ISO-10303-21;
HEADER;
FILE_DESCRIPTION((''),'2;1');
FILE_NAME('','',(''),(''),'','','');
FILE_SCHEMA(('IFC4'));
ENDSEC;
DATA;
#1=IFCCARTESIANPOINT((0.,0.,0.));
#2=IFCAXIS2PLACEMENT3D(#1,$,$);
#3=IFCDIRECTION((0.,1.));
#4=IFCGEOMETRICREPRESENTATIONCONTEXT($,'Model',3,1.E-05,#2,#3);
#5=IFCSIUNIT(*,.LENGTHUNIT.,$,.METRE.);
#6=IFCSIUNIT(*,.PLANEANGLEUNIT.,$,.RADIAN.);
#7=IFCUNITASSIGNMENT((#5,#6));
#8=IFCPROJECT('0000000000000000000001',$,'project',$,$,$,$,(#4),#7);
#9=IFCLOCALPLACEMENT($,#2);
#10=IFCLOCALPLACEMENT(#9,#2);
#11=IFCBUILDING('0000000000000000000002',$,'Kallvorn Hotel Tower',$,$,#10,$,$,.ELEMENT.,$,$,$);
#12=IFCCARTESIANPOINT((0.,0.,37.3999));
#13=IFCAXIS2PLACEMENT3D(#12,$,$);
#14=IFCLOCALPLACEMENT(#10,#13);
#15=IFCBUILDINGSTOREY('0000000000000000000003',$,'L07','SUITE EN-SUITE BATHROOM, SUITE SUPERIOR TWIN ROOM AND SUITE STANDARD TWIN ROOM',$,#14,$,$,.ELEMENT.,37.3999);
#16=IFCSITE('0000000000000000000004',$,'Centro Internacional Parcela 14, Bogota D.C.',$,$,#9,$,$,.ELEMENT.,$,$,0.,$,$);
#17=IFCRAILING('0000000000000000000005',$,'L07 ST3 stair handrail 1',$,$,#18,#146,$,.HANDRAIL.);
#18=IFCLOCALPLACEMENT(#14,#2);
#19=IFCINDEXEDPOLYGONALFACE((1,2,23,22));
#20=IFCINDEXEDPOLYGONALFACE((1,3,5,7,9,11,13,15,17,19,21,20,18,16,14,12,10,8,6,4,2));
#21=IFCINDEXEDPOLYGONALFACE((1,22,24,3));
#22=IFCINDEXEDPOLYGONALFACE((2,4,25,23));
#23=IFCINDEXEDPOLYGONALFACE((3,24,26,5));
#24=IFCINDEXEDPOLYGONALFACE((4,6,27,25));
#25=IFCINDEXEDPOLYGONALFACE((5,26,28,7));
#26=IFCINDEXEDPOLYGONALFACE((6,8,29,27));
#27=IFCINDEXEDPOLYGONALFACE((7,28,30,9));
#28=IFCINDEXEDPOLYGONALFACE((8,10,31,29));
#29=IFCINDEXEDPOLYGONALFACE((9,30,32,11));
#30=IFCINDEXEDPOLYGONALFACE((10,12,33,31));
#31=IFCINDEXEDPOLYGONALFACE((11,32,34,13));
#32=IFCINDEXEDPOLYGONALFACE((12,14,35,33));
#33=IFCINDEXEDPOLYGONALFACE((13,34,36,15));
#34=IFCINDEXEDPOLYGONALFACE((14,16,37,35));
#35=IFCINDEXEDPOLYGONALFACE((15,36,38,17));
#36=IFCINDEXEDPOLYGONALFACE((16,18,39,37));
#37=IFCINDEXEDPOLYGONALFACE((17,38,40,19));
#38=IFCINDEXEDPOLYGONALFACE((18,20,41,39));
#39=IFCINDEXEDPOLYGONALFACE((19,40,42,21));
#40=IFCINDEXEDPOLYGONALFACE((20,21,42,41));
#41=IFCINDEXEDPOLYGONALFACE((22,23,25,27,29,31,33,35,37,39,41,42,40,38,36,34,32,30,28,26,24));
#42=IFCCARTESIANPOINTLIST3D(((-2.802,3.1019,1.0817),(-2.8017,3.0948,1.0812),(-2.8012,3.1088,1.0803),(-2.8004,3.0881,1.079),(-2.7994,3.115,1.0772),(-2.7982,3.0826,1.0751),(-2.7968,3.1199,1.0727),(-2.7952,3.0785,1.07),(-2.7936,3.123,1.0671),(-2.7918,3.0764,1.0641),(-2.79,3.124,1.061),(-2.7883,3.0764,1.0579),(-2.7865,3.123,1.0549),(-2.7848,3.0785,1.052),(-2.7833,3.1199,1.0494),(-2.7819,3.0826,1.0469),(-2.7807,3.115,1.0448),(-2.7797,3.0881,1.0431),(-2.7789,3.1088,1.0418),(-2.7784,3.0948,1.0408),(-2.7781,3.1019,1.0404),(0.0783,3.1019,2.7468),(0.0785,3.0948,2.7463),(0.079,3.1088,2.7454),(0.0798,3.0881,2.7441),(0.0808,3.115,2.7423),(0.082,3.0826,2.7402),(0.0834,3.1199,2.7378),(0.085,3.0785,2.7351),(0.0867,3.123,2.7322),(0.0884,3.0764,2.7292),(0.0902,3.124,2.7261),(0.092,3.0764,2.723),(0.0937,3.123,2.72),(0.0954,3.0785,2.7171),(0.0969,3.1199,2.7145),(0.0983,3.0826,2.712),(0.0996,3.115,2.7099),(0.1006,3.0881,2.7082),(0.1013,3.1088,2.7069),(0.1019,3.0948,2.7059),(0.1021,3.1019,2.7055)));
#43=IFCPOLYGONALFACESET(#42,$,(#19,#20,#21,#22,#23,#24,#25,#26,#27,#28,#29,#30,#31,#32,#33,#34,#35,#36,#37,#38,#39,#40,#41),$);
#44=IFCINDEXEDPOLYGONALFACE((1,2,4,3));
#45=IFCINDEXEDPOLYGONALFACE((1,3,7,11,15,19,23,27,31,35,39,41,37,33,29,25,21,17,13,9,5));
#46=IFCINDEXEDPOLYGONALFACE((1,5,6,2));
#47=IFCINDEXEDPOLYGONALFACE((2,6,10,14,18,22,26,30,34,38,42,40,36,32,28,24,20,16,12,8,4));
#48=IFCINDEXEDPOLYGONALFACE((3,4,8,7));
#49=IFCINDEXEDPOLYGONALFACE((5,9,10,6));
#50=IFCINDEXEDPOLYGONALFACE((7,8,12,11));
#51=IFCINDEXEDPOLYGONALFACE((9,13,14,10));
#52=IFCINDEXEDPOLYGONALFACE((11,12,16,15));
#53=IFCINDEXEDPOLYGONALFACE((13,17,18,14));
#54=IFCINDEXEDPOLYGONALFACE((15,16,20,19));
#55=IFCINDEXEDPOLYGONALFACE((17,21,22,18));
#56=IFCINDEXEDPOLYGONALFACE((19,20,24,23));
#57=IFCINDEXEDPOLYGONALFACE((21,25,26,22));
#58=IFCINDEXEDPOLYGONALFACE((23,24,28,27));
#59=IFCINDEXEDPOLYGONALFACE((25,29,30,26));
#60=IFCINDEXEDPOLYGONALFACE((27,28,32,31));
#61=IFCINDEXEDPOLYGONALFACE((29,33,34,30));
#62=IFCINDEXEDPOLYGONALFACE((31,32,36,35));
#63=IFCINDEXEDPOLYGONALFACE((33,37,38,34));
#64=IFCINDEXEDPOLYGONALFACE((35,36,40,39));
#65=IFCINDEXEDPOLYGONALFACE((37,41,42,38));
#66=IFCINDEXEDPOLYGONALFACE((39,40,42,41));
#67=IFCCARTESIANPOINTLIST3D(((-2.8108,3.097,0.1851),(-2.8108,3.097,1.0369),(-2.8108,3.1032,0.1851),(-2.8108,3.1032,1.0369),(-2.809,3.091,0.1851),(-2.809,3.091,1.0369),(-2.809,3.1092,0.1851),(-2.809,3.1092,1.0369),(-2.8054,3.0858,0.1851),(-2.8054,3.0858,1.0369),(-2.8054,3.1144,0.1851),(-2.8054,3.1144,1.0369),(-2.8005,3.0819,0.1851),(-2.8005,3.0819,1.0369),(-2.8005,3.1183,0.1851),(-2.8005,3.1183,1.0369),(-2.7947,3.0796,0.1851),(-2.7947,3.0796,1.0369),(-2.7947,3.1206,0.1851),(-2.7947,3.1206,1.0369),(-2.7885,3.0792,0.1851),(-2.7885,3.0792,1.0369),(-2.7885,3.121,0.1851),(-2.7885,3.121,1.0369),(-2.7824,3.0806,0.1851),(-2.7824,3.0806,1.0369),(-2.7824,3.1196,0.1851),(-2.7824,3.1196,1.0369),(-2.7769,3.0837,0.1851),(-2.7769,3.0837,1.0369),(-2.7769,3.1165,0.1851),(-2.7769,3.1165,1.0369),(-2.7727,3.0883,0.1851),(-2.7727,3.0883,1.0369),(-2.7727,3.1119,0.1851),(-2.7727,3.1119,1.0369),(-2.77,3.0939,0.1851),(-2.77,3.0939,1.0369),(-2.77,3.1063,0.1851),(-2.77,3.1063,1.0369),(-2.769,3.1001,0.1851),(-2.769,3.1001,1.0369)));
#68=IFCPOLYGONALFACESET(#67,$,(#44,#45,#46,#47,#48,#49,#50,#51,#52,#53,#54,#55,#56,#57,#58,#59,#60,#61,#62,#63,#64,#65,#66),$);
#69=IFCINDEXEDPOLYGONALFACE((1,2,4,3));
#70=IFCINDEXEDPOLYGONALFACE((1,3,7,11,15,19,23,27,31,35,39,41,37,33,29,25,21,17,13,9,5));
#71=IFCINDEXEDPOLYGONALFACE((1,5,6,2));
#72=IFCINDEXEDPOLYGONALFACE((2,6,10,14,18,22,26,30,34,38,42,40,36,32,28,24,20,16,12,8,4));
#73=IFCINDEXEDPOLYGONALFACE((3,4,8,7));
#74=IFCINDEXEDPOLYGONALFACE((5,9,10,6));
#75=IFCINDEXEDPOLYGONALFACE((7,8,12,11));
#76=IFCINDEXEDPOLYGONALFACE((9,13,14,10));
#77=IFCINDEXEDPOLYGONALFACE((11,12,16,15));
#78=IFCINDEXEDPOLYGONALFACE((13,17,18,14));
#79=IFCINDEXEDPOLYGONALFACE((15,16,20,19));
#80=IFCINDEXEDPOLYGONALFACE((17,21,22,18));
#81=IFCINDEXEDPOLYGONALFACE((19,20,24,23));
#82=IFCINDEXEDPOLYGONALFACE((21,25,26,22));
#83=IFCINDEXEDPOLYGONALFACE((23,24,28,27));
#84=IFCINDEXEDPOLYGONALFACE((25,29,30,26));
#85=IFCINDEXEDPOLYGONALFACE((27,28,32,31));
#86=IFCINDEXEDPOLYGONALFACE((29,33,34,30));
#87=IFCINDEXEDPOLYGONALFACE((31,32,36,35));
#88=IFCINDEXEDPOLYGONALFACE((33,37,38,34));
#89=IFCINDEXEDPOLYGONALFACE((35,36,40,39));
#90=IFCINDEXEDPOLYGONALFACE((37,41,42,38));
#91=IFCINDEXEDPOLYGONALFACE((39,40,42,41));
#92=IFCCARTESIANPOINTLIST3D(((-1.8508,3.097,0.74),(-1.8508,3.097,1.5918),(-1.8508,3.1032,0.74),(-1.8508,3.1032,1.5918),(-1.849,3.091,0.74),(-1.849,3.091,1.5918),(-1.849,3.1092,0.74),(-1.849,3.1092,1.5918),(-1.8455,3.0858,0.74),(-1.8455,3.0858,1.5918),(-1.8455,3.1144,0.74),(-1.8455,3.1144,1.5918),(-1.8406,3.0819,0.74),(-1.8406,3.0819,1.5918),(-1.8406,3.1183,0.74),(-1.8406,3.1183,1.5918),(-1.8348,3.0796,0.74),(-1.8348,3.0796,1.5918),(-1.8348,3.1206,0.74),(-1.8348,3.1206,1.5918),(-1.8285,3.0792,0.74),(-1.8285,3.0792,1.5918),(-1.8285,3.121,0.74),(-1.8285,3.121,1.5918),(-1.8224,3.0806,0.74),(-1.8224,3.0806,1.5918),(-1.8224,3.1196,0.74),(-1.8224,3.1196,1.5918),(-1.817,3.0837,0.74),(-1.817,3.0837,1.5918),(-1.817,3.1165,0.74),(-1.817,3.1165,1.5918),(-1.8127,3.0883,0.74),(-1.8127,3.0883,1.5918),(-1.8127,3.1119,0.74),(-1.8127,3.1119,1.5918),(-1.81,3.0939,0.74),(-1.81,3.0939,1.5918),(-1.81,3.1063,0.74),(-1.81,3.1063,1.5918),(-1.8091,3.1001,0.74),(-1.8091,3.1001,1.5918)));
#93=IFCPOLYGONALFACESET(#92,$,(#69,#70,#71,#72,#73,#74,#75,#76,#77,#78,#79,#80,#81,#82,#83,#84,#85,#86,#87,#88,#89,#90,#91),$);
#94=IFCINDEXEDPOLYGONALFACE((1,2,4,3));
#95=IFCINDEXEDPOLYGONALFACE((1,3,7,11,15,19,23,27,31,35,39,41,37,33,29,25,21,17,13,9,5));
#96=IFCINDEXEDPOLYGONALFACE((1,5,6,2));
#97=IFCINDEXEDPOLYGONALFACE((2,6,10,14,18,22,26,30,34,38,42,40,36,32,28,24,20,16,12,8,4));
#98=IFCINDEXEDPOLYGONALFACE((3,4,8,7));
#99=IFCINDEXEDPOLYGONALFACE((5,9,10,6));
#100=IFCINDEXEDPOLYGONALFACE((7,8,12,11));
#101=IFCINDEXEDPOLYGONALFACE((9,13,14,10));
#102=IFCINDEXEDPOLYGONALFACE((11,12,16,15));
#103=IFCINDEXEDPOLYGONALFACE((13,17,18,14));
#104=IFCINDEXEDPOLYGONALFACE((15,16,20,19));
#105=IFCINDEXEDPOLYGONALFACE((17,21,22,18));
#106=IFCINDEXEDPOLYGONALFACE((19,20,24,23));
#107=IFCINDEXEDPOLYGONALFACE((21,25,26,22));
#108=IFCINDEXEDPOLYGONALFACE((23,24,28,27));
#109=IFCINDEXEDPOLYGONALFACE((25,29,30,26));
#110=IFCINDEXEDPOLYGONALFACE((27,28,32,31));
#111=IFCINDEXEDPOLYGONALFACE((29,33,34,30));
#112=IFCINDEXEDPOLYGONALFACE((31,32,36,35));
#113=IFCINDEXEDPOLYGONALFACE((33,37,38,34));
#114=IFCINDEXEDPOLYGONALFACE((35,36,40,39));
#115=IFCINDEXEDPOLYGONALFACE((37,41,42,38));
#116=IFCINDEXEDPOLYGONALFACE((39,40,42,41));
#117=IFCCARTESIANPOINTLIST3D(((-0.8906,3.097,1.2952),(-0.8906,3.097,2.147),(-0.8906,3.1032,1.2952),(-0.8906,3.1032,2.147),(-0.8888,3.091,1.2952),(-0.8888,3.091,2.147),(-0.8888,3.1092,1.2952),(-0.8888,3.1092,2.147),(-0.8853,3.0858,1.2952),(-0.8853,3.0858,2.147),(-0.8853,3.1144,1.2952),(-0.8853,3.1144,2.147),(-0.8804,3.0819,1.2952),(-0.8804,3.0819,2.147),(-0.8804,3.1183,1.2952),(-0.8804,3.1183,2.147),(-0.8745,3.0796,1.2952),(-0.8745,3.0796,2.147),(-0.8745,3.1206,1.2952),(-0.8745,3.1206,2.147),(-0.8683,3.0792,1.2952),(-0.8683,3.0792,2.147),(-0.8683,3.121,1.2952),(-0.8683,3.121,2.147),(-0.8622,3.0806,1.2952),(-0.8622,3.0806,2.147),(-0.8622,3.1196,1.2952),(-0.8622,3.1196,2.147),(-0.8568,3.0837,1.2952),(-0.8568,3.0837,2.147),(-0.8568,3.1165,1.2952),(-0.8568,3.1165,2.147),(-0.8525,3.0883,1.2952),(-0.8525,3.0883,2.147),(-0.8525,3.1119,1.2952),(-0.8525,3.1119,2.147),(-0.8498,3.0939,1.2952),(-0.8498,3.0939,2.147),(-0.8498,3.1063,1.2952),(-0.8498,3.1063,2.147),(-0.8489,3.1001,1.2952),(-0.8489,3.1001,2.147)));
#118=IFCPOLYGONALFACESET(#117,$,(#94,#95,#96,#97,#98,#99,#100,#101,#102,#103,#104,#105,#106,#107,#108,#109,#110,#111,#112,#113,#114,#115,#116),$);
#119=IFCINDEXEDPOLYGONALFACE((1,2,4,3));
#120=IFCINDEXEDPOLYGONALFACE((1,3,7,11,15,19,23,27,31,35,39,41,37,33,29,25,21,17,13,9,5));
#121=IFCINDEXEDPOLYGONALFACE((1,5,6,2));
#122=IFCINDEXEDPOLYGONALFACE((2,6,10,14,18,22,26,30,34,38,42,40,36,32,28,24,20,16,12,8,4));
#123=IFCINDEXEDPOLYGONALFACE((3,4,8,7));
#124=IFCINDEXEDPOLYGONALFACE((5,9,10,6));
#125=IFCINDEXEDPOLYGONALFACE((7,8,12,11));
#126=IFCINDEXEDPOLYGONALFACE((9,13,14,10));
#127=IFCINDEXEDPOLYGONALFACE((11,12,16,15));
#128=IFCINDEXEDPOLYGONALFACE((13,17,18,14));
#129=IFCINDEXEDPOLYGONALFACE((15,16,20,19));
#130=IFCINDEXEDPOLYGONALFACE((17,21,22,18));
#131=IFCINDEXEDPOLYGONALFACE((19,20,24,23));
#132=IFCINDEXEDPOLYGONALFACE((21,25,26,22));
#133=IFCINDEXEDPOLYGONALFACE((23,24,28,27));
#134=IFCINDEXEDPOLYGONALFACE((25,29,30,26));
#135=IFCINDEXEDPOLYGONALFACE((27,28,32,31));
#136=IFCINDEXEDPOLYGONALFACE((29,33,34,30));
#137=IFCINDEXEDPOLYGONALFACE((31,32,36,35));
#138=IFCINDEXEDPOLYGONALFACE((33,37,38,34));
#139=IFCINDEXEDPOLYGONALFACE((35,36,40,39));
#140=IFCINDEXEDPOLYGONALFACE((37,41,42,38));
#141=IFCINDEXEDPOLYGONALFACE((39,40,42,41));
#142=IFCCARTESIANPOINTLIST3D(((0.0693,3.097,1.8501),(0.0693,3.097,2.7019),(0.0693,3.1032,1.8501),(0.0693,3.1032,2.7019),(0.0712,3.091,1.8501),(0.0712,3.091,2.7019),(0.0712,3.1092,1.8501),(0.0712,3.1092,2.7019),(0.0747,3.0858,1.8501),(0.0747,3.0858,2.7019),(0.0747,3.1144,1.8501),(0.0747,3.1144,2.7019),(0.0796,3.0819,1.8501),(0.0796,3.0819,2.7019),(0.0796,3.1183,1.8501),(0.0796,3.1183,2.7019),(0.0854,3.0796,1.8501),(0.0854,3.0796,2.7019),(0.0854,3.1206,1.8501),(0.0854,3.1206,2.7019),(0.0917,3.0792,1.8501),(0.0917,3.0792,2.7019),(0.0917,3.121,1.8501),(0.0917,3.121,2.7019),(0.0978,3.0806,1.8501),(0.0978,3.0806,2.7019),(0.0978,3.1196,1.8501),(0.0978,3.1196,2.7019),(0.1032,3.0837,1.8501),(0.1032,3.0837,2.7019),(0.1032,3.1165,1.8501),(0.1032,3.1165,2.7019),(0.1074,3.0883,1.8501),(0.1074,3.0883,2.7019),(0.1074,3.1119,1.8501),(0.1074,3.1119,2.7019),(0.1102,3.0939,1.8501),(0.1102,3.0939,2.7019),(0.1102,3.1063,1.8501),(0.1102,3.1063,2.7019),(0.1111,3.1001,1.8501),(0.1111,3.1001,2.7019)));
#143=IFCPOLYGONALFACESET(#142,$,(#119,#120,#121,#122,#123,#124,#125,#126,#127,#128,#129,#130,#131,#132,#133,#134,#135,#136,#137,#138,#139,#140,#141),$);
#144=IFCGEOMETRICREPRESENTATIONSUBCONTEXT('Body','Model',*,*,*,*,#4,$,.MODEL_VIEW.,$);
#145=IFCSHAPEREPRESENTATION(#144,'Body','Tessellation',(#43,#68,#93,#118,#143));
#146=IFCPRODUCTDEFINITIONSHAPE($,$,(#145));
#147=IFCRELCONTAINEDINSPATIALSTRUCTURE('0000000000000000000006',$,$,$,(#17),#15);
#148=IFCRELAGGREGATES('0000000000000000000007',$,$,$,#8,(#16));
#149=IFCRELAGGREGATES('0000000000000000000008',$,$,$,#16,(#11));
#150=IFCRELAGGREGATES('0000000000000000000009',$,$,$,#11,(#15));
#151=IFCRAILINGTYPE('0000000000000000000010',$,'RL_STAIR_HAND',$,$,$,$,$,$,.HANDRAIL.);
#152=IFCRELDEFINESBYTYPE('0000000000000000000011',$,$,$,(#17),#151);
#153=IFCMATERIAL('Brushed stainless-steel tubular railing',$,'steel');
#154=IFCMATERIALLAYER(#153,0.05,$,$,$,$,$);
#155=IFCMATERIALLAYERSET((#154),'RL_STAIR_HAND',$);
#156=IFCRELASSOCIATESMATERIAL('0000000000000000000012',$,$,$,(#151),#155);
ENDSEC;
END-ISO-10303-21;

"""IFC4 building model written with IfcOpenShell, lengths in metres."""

from ifc_helpers import new_model, si_unit, direction, frame, origin, origin_2d, place, context, subcontext, project, spatial, circle, extrude, material, layer, layer_set, type_object, element, save


model = new_model("IFC4")

# Units and contexts
model_context = context("Model", 3, precision=1e-05, world=origin(), true_north=direction((0.0, 1.0)))
body_context = subcontext(model_context, "Body", "Model", "MODEL_VIEW")
ifc_project = project(units=[si_unit("LENGTHUNIT", "METRE"), si_unit("PLANEANGLEUNIT", "RADIAN")], contexts=[model_context])

# Site, building, storey
site_placement = place(None, origin())
site = spatial("IfcSite", under=ifc_project, at=site_placement, Name="Centro Internacional Parcela 14, Bogota D.C.", CompositionType="ELEMENT", RefElevation=0.0)
building_placement = place(site_placement, origin())
building = spatial("IfcBuilding", under=site, at=building_placement, Name="Kallvorn Hotel Tower", CompositionType="ELEMENT")
storey_placement = place(building_placement, frame((0.0, 0.0, 37.3999)))
storey = spatial("IfcBuildingStorey", under=building, at=storey_placement, Name="L07", Description="SUITE EN-SUITE BATHROOM, SUITE SUPERIOR TWIN ROOM AND SUITE STANDARD TWIN ROOM", CompositionType="ELEMENT", Elevation=37.3999)

# Railing
ifc_material_1 = material(Name="Brushed stainless-steel tubular railing", Category="steel")
ifc_layer_1 = layer(ifc_material_1, 0.05)
ifc_layer_set_1 = layer_set([ifc_layer_1], Name="RL_STAIR_HAND")
railing_type_1 = type_object("IfcRailingType", Name="RL_STAIR_HAND", PredefinedType="HANDRAIL", material=ifc_layer_set_1)
railing_1_placement = place(storey_placement, frame((-2.79, 3.1001, 0.1851)))
element("IfcRailing", 1, at=railing_1_placement, inside=storey, type_object=railing_type_1, Name="L07 ST3 stair handrail 1", PredefinedType="HANDRAIL", context=body_context, shape_type="SweptSolid", body=[
    extrude(circle(Radius=0.0239, at=origin_2d()), frame((0.0, 0.0, 0.876), z_axis=(0.865739, 0.0, 0.500495), x_axis=(0.0, 1.0, 0.0)), (0.0, 0.0, 1.0), 3.3269),
    extrude(circle(Radius=0.021, at=origin_2d()), origin(), (0.0, 0.0, 1.0), 0.8518),
    extrude(circle(Radius=0.021, at=origin_2d()), frame((0.96, 0.0, 0.5549)), (0.0, 0.0, 1.0), 0.8518),
    extrude(circle(Radius=0.021, at=origin_2d()), frame((1.9202, 0.0, 1.1101)), (0.0, 0.0, 1.0), 0.8518),
    extrude(circle(Radius=0.021, at=origin_2d()), frame((2.8801, 0.0, 1.665)), (0.0, 0.0, 1.0), 0.8518),
])

save(model, "model.ifc")
